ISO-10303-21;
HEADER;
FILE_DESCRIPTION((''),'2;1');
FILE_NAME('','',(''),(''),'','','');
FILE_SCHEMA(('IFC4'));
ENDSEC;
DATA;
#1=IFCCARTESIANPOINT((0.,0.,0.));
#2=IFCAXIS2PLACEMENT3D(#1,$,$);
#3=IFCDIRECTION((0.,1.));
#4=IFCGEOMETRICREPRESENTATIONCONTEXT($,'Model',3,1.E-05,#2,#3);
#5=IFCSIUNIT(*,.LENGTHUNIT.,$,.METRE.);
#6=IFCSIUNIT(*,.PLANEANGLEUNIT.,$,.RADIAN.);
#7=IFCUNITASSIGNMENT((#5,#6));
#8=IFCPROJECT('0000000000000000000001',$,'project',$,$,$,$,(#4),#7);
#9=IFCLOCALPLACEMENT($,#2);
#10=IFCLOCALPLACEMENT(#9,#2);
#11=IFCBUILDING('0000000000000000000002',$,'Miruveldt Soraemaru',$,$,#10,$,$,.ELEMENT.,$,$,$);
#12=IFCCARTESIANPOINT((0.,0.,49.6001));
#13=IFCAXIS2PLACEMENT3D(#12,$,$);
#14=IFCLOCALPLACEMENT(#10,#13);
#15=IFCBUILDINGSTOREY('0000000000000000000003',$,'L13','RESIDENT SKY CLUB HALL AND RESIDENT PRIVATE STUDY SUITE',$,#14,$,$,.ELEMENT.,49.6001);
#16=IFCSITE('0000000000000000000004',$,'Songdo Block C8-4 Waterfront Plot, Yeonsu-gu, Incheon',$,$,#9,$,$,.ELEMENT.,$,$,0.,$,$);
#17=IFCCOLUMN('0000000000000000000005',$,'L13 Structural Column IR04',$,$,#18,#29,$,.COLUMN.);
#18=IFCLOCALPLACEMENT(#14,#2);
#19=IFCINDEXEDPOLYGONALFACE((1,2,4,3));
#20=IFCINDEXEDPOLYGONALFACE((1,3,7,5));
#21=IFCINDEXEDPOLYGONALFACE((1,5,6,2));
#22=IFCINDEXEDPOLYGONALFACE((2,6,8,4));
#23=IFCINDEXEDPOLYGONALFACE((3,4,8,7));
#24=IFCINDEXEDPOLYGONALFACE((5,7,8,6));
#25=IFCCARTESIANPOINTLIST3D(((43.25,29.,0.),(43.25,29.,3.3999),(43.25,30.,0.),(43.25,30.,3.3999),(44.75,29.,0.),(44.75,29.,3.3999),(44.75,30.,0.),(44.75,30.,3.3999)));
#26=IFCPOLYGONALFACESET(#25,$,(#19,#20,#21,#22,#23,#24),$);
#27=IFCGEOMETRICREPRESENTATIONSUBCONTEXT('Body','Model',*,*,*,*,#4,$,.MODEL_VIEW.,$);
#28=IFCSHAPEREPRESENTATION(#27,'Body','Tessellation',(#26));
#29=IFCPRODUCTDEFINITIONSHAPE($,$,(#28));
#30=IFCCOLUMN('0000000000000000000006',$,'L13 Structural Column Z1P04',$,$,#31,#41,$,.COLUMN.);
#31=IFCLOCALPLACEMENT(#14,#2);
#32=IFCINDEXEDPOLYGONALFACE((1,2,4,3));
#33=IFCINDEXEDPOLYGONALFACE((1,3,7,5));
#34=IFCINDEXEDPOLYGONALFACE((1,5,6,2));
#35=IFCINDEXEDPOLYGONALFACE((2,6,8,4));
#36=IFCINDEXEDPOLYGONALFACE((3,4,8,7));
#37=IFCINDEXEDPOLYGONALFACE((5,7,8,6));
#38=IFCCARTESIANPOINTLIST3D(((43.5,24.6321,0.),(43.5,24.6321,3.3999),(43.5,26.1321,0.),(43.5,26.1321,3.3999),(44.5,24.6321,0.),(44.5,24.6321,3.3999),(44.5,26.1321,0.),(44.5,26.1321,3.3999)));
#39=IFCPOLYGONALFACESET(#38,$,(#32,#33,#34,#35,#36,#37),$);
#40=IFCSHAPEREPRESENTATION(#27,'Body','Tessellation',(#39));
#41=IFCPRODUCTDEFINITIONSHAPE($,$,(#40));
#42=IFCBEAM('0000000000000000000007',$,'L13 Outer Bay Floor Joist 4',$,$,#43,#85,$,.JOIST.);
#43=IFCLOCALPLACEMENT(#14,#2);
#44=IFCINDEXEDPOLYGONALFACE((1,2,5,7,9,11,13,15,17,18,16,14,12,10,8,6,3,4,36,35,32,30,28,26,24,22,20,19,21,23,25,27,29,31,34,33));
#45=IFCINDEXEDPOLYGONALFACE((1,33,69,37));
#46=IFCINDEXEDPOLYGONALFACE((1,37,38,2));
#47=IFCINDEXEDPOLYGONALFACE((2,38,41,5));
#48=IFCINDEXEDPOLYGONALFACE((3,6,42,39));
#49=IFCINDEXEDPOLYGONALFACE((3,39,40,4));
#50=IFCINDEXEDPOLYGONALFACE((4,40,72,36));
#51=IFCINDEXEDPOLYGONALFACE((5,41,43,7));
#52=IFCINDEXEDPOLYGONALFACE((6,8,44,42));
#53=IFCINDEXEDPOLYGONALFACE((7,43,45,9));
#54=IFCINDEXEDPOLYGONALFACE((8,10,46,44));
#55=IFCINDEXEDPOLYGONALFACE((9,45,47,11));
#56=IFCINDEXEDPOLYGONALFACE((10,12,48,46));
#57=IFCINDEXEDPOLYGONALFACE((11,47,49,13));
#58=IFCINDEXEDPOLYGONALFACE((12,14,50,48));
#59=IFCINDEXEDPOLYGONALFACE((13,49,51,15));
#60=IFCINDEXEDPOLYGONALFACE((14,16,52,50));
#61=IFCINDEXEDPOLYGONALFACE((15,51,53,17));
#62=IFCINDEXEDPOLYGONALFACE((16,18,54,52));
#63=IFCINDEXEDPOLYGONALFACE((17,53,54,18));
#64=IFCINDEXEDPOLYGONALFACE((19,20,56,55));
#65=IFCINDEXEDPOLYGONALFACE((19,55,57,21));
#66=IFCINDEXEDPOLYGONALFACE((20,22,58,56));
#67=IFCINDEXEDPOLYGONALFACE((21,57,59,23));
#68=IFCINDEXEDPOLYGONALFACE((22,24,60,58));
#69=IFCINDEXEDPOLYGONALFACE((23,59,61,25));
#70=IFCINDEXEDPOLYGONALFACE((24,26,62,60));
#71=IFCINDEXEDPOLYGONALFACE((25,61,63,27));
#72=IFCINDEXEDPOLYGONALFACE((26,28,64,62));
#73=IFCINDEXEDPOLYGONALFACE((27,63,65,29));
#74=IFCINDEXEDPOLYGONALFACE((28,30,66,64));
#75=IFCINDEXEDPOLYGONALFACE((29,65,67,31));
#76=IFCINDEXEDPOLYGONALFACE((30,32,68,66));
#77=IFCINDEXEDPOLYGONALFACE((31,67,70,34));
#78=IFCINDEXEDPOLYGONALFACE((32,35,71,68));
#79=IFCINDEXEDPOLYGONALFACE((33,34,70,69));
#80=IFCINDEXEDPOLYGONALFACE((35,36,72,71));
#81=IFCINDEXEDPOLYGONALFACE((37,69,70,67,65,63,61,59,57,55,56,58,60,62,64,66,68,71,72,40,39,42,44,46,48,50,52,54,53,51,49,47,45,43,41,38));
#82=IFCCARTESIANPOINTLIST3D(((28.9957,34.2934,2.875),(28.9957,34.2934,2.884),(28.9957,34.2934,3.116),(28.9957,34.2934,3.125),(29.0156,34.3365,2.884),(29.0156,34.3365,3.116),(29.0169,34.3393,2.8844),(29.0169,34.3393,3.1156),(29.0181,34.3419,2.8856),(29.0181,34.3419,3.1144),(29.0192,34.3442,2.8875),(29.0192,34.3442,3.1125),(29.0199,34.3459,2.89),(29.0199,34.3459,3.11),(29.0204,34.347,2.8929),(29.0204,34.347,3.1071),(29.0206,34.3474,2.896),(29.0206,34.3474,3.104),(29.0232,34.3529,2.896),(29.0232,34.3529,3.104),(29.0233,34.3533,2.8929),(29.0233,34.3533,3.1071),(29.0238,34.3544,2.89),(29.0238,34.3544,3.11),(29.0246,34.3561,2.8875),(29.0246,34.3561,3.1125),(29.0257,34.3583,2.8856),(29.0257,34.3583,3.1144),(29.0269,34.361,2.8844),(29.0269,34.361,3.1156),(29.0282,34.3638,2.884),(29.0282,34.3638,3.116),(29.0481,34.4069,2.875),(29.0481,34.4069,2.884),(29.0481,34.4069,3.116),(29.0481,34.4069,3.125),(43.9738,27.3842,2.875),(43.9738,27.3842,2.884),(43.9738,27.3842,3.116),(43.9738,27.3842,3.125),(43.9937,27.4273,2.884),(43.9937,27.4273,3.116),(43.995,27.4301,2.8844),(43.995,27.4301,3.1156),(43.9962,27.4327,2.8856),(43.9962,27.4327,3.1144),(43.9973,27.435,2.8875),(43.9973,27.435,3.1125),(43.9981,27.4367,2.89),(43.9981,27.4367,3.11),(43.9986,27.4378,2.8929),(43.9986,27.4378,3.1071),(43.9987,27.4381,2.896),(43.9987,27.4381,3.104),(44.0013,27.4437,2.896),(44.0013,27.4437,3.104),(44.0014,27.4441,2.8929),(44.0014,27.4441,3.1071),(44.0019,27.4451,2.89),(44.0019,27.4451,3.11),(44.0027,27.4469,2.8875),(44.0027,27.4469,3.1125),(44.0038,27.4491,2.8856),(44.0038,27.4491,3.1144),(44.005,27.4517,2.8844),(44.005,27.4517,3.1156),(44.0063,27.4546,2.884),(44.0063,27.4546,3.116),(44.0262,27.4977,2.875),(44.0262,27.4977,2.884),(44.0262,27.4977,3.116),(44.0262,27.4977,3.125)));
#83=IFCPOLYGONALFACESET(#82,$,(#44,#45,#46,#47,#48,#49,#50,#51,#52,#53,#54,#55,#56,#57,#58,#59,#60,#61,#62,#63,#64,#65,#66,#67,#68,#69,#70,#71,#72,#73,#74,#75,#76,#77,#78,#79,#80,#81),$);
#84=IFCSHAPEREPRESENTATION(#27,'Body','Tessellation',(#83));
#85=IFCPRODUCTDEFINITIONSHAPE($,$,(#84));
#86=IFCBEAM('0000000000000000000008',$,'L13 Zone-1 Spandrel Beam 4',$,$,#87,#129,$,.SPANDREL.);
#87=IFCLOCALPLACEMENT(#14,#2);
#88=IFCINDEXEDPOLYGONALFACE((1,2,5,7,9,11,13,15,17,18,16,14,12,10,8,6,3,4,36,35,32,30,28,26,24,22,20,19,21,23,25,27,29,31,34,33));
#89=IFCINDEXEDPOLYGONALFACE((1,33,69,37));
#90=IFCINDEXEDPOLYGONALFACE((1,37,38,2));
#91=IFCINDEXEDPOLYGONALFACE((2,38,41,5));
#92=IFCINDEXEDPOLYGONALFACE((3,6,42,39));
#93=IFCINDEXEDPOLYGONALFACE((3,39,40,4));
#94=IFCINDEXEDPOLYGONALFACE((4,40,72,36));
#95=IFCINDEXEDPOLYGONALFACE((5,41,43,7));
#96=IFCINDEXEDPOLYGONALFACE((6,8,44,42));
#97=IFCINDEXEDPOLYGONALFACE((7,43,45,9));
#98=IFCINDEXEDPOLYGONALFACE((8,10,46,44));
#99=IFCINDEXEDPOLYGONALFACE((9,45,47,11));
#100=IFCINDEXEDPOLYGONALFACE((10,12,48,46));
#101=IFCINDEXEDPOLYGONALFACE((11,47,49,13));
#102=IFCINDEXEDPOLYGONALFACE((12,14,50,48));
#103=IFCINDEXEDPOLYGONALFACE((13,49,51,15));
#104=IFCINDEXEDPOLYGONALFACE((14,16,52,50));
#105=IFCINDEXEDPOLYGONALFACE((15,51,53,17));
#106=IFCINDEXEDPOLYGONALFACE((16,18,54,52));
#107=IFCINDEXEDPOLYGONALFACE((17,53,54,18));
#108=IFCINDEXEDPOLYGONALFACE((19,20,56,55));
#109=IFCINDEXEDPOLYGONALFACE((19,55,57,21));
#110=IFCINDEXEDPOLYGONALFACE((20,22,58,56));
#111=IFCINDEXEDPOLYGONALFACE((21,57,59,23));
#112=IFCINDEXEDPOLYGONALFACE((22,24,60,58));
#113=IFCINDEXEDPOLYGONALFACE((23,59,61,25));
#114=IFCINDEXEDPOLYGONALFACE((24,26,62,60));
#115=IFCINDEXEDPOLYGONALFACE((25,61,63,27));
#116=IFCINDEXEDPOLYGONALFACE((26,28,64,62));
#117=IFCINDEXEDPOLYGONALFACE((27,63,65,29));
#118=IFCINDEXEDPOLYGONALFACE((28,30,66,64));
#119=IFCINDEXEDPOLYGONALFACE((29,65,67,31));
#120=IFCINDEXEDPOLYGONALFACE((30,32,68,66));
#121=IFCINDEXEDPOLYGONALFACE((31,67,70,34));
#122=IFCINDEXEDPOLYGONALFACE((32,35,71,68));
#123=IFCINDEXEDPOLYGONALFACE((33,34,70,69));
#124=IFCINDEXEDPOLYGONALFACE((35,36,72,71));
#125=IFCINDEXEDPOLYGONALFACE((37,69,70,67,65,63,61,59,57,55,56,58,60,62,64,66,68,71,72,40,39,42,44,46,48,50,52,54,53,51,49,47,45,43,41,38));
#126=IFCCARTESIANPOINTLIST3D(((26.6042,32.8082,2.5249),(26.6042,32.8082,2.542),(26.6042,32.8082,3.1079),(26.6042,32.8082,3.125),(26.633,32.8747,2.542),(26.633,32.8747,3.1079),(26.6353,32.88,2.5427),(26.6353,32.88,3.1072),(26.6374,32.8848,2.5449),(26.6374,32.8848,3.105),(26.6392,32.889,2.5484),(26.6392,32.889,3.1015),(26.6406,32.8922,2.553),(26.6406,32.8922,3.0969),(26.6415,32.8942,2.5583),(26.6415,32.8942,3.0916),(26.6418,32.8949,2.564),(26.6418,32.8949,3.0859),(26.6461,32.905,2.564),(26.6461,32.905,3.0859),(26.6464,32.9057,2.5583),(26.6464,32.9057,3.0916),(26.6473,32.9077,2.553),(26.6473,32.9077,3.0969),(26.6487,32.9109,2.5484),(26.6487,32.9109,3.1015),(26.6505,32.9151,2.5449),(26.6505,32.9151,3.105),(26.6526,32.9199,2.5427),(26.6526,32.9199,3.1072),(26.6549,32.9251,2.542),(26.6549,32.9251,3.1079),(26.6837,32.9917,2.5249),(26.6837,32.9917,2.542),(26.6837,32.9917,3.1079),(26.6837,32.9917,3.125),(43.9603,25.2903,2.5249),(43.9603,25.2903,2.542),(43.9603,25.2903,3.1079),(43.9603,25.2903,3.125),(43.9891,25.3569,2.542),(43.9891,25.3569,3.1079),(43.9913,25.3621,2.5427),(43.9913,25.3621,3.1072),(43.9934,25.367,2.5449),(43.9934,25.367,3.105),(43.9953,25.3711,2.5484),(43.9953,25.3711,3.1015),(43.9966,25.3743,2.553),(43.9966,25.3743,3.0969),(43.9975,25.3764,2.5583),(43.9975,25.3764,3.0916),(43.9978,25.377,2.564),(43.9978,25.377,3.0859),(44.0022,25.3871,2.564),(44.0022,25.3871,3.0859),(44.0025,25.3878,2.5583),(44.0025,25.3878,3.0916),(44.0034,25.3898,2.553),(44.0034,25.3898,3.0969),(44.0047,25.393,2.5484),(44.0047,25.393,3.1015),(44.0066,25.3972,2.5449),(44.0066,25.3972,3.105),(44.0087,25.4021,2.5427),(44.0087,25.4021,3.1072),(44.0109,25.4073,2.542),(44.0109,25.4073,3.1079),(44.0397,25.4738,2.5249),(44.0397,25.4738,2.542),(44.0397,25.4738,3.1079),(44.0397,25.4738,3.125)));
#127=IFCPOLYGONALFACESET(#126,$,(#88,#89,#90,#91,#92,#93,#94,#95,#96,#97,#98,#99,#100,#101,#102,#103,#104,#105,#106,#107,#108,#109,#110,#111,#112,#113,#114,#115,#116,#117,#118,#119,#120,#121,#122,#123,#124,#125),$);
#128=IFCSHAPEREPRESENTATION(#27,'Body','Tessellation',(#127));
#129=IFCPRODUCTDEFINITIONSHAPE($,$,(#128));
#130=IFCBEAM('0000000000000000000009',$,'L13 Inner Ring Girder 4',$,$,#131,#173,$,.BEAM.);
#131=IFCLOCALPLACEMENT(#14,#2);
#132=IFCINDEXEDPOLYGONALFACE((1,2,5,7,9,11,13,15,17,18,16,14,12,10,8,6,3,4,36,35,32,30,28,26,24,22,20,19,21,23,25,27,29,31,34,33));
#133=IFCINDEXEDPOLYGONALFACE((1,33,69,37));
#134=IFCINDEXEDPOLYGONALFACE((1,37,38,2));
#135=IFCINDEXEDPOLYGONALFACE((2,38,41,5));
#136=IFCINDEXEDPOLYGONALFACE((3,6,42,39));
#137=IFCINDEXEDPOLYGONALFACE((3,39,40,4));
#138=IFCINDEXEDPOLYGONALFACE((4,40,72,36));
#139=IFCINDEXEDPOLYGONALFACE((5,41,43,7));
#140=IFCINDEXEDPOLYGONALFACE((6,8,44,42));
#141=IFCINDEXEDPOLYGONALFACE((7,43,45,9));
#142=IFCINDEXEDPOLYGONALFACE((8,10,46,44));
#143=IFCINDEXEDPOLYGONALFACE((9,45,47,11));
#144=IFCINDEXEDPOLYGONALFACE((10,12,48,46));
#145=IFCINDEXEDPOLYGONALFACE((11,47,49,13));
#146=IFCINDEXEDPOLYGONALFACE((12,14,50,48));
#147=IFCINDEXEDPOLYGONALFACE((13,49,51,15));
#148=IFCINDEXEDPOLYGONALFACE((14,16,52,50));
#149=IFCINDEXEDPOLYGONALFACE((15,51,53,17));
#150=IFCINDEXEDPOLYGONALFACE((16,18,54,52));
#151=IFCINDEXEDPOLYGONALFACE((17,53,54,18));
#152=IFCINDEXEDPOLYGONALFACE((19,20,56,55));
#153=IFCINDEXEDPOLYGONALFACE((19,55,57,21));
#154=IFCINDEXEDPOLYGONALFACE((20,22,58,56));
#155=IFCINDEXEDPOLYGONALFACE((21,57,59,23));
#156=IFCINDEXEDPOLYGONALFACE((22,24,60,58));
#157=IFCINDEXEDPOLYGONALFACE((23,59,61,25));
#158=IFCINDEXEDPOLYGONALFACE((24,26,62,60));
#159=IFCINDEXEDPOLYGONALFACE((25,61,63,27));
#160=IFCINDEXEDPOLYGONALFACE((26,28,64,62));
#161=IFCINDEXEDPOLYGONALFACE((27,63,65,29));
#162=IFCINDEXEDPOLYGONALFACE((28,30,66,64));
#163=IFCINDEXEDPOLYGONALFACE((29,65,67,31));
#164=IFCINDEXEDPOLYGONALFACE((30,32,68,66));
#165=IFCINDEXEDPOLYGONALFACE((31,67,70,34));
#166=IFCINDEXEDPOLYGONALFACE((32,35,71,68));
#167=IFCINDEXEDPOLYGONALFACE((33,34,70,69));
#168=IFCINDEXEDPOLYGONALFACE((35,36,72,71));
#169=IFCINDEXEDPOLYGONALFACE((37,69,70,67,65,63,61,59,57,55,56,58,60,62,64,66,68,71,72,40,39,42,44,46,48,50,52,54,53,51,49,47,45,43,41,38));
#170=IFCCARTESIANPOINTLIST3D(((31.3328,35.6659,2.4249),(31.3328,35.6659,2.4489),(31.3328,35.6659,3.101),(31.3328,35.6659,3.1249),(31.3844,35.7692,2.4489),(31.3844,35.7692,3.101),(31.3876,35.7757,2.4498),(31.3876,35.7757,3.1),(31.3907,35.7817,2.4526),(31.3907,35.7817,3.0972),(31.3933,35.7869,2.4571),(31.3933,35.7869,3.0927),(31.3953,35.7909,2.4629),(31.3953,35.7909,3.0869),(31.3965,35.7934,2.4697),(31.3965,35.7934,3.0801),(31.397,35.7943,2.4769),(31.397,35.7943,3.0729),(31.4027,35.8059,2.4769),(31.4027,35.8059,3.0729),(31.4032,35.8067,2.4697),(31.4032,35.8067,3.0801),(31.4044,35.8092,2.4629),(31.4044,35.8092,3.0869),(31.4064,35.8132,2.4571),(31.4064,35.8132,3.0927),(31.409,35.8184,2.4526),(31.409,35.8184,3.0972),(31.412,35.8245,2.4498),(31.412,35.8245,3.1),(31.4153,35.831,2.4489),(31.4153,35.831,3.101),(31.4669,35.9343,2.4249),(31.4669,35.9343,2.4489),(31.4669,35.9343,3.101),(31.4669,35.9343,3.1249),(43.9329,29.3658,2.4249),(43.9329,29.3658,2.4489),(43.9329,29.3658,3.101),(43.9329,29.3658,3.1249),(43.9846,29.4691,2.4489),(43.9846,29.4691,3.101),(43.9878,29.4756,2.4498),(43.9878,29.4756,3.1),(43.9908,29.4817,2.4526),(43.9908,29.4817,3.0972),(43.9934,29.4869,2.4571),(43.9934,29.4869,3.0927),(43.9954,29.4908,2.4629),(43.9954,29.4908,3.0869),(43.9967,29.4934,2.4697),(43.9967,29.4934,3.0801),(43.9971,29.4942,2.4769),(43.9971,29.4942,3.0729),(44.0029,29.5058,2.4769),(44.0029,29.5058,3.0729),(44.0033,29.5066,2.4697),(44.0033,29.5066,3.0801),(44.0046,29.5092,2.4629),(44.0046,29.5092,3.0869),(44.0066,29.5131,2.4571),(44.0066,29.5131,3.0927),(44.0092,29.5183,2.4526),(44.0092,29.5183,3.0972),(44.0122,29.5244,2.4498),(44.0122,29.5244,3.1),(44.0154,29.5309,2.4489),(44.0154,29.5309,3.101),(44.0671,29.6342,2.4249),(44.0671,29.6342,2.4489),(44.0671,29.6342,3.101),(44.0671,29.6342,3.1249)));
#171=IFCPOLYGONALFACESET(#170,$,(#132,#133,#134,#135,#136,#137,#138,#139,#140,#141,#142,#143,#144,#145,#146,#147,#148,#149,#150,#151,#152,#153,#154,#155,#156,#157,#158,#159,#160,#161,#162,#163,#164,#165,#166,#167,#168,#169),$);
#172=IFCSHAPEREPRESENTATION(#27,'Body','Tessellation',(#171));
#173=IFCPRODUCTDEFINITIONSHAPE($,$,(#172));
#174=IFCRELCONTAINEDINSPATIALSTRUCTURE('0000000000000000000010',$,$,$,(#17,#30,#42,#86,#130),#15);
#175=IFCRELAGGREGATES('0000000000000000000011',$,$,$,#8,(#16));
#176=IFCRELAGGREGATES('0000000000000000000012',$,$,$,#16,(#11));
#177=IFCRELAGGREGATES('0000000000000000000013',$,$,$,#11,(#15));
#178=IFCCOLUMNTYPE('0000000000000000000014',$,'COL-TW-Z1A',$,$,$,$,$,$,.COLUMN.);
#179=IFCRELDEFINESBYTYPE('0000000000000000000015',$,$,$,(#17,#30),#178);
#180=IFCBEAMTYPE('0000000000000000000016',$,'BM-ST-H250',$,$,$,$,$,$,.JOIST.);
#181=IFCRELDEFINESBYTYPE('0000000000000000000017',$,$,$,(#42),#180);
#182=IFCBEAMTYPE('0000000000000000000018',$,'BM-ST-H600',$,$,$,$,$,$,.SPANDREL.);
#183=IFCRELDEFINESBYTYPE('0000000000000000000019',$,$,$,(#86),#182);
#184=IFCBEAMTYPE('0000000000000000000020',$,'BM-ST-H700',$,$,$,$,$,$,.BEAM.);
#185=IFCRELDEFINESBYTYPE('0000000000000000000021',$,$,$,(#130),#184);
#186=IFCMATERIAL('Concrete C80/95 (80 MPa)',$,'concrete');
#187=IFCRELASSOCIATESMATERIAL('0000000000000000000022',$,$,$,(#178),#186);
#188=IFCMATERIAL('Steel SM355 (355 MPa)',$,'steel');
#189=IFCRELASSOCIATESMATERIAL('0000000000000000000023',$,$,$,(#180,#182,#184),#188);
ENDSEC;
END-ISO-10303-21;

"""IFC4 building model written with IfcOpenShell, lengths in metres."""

from ifc_helpers import new_model, si_unit, direction, frame, origin, origin_2d, place, context, subcontext, project, spatial, rectangle, i_section, extrude, material, material_profile, profile_set, type_object, element, save


model = new_model("IFC4")

# Units and contexts
model_context = context("Model", 3, precision=1e-05, world=origin(), true_north=direction((0.0, 1.0)))
body_context = subcontext(model_context, "Body", "Model", "MODEL_VIEW")
ifc_project = project(units=[si_unit("LENGTHUNIT", "METRE"), si_unit("PLANEANGLEUNIT", "RADIAN")], contexts=[model_context])

# Site, building, storey
site_placement = place(None, origin())
site = spatial("IfcSite", under=ifc_project, at=site_placement, Name="Songdo Block C8-4 Waterfront Plot, Yeonsu-gu, Incheon", CompositionType="ELEMENT", RefElevation=0.0)
building_placement = place(site_placement, origin())
building = spatial("IfcBuilding", under=site, at=building_placement, Name="Miruveldt Soraemaru", CompositionType="ELEMENT")
storey_placement = place(building_placement, frame((0.0, 0.0, 49.6001)))
storey = spatial("IfcBuildingStorey", under=building, at=storey_placement, Name="L13", Description="RESIDENT SKY CLUB HALL AND RESIDENT PRIVATE STUDY SUITE", CompositionType="ELEMENT", Elevation=49.6001)

# Columns
ifc_material_1 = material(Name="Concrete C80/95 (80 MPa)", Category="concrete")
ifc_material_profile_1 = material_profile(ifc_material_1, rectangle(XDim=1.5, YDim=1.0, at=origin_2d()), Name="Concrete C80/95 (80 MPa)", Category="concrete")
ifc_profile_set_1 = profile_set([ifc_material_profile_1], Name="Concrete C80/95 (80 MPa)")
column_type = type_object("IfcColumnType", Name="COL-TW-Z1A", PredefinedType="COLUMN", material=ifc_profile_set_1)
for number, where, z_axis, x_axis, name in (
    (1, (44.0, 29.5, 0.0), (0.0, 0.0, 1.0), (1.0, 0.0, 0.0), "L13 Structural Column IR04"),
    (2, (44.0, 25.3821, 0.0), (0.0, 0.0, 1.0), (0.0, 1.0, 0.0), "L13 Structural Column Z1P04"),
):
    element("IfcColumn", number, at=place(storey_placement, frame(where, z_axis=z_axis, x_axis=x_axis)), inside=storey, type_object=column_type, Name=name, PredefinedType="COLUMN", context=body_context, shape_type="SweptSolid", body=[
        extrude(rectangle(XDim=1.5, YDim=1.0, at=origin_2d()), origin(), (0.0, 0.0, 1.0), 3.3999),
    ])

# Beams
ifc_material_2 = material(Name="Steel SM355 (355 MPa)", Category="steel")
ifc_material_profile_2 = material_profile(ifc_material_2, i_section(OverallWidth=0.125, OverallDepth=0.25, WebThickness=0.0061, FlangeThickness=0.009, FilletRadius=0.012, at=origin_2d()), Name="Steel SM355 (355 MPa)", Category="steel")
ifc_profile_set_2 = profile_set([ifc_material_profile_2], Name="Steel SM355 (355 MPa)")
beam_type_1 = type_object("IfcBeamType", Name="BM-ST-H250", PredefinedType="JOIST", material=ifc_profile_set_2)
beam_1_placement = place(storey_placement, frame((44.0, 27.4409, 3.0), z_axis=(-0.908046, 0.41887, 0.0), x_axis=(-0.41887, -0.908046, 0.0)))
element("IfcBeam", 3, at=beam_1_placement, inside=storey, type_object=beam_type_1, Name="L13 Outer Bay Floor Joist 4", PredefinedType="JOIST", context=body_context, shape_type="SweptSolid", body=[
    extrude(i_section(OverallWidth=0.125, OverallDepth=0.25, WebThickness=0.0061, FlangeThickness=0.009, FilletRadius=0.012, at=origin_2d()), origin(), (0.0, 0.0, 1.0), 16.4949),
])
ifc_material_profile_3 = material_profile(ifc_material_2, i_section(OverallWidth=0.2, OverallDepth=0.6001, WebThickness=0.011, FlangeThickness=0.0171, FilletRadius=0.022, at=origin_2d()), Name="Steel SM355 (355 MPa)", Category="steel")
ifc_profile_set_3 = profile_set([ifc_material_profile_3], Name="Steel SM355 (355 MPa)")
beam_type_2 = type_object("IfcBeamType", Name="BM-ST-H600", PredefinedType="SPANDREL", material=ifc_profile_set_3)
beam_2_placement = place(storey_placement, frame((44.0, 25.3821, 2.825), z_axis=(-0.917615, 0.39747, 0.0), x_axis=(-0.39747, -0.917615, 0.0)))
element("IfcBeam", 4, at=beam_2_placement, inside=storey, type_object=beam_type_2, Name="L13 Zone-1 Spandrel Beam 4", PredefinedType="SPANDREL", context=body_context, shape_type="SweptSolid", body=[
    extrude(i_section(OverallWidth=0.2, OverallDepth=0.6001, WebThickness=0.011, FlangeThickness=0.0171, FilletRadius=0.022, at=origin_2d()), origin(), (0.0, 0.0, 1.0), 18.9143),
])
ifc_material_profile_4 = material_profile(ifc_material_2, i_section(OverallWidth=0.3, OverallDepth=0.7, WebThickness=0.0129, FlangeThickness=0.0239, FilletRadius=0.0281, at=origin_2d()), Name="Steel SM355 (355 MPa)", Category="steel")
ifc_profile_set_4 = profile_set([ifc_material_profile_4], Name="Steel SM355 (355 MPa)")
beam_type_3 = type_object("IfcBeamType", Name="BM-ST-H700", PredefinedType="BEAM", material=ifc_profile_set_4)
beam_3_placement = place(storey_placement, frame((44.0, 29.5, 2.7749), z_axis=(-0.894427, 0.447214, 0.0), x_axis=(-0.447214, -0.894427, 0.0)))
element("IfcBeam", 5, at=beam_3_placement, inside=storey, type_object=beam_type_3, Name="L13 Inner Ring Girder 4", PredefinedType="BEAM", context=body_context, shape_type="SweptSolid", body=[
    extrude(i_section(OverallWidth=0.3, OverallDepth=0.7, WebThickness=0.0129, FlangeThickness=0.0239, FilletRadius=0.0281, at=origin_2d()), origin(), (0.0, 0.0, 1.0), 14.0874),
])

save(model, "model.ifc")
